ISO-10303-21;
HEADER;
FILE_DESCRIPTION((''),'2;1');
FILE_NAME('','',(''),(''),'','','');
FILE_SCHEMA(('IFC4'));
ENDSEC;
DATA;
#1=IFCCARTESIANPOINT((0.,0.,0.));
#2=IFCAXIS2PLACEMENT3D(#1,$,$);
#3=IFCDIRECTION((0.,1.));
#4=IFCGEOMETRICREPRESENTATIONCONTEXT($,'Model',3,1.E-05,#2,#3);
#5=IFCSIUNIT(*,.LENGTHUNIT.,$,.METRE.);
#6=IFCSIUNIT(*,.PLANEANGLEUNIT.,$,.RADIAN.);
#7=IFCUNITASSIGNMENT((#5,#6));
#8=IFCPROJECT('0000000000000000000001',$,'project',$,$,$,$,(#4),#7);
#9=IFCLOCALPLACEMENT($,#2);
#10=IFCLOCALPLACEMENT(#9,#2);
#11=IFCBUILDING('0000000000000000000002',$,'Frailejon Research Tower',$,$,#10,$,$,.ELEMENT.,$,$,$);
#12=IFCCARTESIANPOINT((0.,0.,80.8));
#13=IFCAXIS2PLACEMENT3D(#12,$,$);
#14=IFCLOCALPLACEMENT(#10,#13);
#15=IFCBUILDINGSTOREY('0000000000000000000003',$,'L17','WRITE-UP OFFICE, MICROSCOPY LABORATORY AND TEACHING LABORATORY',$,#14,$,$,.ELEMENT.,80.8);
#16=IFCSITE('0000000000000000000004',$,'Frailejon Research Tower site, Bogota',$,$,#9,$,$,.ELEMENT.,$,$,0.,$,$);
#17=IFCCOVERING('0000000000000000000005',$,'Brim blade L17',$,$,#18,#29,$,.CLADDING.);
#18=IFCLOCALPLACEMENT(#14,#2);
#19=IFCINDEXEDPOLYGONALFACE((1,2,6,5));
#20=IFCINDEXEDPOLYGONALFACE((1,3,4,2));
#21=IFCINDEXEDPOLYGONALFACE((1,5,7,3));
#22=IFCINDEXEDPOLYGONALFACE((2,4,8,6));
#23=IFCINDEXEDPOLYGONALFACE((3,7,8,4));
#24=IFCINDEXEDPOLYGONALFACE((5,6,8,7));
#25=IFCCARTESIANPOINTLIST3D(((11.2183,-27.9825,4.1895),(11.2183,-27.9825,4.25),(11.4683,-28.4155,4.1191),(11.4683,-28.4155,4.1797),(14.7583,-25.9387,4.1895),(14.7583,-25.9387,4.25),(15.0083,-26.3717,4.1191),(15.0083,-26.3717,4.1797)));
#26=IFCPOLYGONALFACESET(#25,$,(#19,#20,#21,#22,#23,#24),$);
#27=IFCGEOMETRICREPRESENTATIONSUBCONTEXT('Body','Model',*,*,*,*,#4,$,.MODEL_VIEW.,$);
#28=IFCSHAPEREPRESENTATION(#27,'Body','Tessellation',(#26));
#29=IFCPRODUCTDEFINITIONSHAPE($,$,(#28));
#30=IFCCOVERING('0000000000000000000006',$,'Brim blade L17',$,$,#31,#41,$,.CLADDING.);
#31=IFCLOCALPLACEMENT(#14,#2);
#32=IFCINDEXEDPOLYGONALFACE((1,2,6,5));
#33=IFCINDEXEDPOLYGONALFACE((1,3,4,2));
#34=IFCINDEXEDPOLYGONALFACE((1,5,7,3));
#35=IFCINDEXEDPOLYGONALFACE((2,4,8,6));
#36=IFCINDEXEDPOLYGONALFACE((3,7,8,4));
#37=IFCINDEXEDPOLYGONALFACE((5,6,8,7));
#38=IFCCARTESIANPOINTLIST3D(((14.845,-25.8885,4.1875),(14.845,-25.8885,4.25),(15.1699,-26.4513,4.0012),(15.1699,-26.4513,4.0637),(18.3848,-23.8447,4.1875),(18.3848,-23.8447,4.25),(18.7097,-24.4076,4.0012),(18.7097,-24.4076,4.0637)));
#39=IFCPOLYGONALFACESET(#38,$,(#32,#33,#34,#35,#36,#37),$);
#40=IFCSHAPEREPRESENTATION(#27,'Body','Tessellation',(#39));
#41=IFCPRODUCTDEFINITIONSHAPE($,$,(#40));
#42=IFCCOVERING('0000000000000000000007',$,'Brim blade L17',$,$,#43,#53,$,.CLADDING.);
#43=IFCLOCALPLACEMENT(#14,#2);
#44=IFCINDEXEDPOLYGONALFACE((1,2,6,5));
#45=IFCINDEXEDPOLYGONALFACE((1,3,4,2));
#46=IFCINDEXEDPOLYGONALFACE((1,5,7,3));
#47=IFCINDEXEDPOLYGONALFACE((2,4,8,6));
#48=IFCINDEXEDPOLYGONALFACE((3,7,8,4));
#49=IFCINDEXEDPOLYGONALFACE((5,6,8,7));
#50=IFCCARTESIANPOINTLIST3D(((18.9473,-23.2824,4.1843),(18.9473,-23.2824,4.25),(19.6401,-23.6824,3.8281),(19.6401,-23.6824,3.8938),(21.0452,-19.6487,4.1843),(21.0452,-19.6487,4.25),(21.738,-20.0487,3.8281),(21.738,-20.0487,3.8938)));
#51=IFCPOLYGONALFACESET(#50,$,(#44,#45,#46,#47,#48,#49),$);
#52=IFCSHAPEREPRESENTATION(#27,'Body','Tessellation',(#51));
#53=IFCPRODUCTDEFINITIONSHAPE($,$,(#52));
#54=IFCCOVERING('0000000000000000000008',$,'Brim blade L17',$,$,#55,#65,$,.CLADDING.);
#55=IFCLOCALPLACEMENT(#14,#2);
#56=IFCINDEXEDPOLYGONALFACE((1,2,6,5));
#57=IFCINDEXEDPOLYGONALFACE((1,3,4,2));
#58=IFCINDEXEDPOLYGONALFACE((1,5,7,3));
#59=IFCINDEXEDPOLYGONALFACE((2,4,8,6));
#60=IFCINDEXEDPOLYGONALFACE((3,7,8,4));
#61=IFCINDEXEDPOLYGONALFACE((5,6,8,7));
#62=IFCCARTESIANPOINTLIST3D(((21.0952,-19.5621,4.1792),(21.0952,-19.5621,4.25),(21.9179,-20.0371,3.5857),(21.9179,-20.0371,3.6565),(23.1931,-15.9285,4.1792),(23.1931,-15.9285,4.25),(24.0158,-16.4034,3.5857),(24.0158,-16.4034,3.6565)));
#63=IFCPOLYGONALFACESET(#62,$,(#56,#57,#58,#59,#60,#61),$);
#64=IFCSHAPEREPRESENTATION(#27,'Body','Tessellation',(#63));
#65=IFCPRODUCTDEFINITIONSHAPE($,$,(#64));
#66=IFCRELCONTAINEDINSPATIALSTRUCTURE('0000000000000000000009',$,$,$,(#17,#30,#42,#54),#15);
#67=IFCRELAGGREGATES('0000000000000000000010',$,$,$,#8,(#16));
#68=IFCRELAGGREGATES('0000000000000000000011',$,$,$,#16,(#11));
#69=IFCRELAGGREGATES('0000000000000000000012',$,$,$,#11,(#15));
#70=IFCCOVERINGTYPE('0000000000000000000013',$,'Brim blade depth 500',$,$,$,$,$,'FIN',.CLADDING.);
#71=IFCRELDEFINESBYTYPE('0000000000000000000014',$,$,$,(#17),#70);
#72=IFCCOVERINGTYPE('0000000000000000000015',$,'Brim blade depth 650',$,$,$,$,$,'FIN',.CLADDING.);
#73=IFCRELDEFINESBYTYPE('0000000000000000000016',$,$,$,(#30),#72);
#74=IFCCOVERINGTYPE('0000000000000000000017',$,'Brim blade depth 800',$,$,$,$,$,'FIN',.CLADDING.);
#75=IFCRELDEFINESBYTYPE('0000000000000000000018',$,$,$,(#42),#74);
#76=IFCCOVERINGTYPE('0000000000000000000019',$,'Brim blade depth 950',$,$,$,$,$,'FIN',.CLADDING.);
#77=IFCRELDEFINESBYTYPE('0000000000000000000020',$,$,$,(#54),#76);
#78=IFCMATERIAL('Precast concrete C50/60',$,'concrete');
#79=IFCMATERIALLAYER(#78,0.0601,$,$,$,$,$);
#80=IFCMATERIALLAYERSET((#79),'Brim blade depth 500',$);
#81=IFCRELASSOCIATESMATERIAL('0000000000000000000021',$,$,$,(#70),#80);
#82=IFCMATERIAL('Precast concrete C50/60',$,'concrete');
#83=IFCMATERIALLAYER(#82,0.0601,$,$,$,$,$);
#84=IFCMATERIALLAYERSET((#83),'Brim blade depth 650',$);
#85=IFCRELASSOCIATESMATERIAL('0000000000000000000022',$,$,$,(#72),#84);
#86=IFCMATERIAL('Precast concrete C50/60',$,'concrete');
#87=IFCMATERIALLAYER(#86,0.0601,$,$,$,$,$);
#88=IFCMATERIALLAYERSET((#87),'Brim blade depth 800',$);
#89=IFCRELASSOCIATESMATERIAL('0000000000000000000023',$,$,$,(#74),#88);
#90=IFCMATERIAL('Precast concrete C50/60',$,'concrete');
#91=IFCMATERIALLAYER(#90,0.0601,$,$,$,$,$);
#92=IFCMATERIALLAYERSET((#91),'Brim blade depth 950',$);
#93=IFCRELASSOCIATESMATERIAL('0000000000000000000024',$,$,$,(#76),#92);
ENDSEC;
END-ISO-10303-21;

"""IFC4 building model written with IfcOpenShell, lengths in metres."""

from ifc_helpers import new_model, si_unit, direction, frame, origin, place, context, subcontext, project, spatial, polyline, outline, extrude, material, layer, layer_set, type_object, element, save


model = new_model("IFC4")

# Units and contexts
model_context = context("Model", 3, precision=1e-05, world=origin(), true_north=direction((0.0, 1.0)))
body_context = subcontext(model_context, "Body", "Model", "MODEL_VIEW")
ifc_project = project(units=[si_unit("LENGTHUNIT", "METRE"), si_unit("PLANEANGLEUNIT", "RADIAN")], contexts=[model_context])

# Site, building, storey
site_placement = place(None, origin())
site = spatial("IfcSite", under=ifc_project, at=site_placement, Name="Frailejon Research Tower site, Bogota", CompositionType="ELEMENT", RefElevation=0.0)
building_placement = place(site_placement, origin())
building = spatial("IfcBuilding", under=site, at=building_placement, Name="Frailejon Research Tower", CompositionType="ELEMENT")
storey_placement = place(building_placement, frame((0.0, 0.0, 80.8)))
storey = spatial("IfcBuildingStorey", under=building, at=storey_placement, Name="L17", Description="WRITE-UP OFFICE, MICROSCOPY LABORATORY AND TEACHING LABORATORY", CompositionType="ELEMENT", Elevation=80.8)

# Coverings
ifc_material_1 = material(Name="Precast concrete C50/60", Category="concrete")
ifc_layer_1 = layer(ifc_material_1, 0.0601)
ifc_layer_set_1 = layer_set([ifc_layer_1], Name="Brim blade depth 500")
covering_type_1 = type_object("IfcCoveringType", Name="Brim blade depth 500", ElementType="FIN", PredefinedType="CLADDING", material=ifc_layer_set_1)
covering_1_placement = place(storey_placement, frame((14.7583, -25.9387, 4.25), z_axis=(-0.866027, -0.499997, 0.0), x_axis=(0.499997, -0.866027, 0.0)))
element("IfcCovering", 1, at=covering_1_placement, inside=storey, type_object=covering_type_1, Name="Brim blade L17", PredefinedType="CLADDING", context=body_context, shape_type="SweptSolid", body=[
    extrude(outline(polyline([(0.0, -0.0605), (0.5, -0.1309), (0.5, -0.0703), (0.0, 0.0), (0.0, -0.0605)])), origin(), (0.0, 0.0, 1.0), 4.0876),
])
ifc_material_2 = material(Name="Precast concrete C50/60", Category="concrete")
ifc_layer_2 = layer(ifc_material_2, 0.0601)
ifc_layer_set_2 = layer_set([ifc_layer_2], Name="Brim blade depth 650")
covering_type_2 = type_object("IfcCoveringType", Name="Brim blade depth 650", ElementType="FIN", PredefinedType="CLADDING", material=ifc_layer_set_2)
covering_2_placement = place(storey_placement, frame((18.3848, -23.8447, 4.25), z_axis=(-0.866021, -0.500007, 0.0), x_axis=(0.500007, -0.866021, 0.0)))
element("IfcCovering", 2, at=covering_2_placement, inside=storey, type_object=covering_type_2, Name="Brim blade L17", PredefinedType="CLADDING", context=body_context, shape_type="SweptSolid", body=[
    extrude(outline(polyline([(0.0, -0.0625), (0.6499, -0.2488), (0.6499, -0.1863), (0.0, 0.0), (0.0, -0.0625)])), origin(), (0.0, 0.0, 1.0), 4.0874),
])
ifc_material_3 = material(Name="Precast concrete C50/60", Category="concrete")
ifc_layer_3 = layer(ifc_material_3, 0.0601)
ifc_layer_set_3 = layer_set([ifc_layer_3], Name="Brim blade depth 800")
covering_type_3 = type_object("IfcCoveringType", Name="Brim blade depth 800", ElementType="FIN", PredefinedType="CLADDING", material=ifc_layer_set_3)
covering_3_placement = place(storey_placement, frame((21.0452, -19.6487, 4.25), z_axis=(-0.499997, -0.866027, 0.0), x_axis=(0.866027, -0.499997, 0.0)))
element("IfcCovering", 3, at=covering_3_placement, inside=storey, type_object=covering_type_3, Name="Brim blade L17", PredefinedType="CLADDING", context=body_context, shape_type="SweptSolid", body=[
    extrude(outline(polyline([(0.0, -0.0657), (0.8, -0.4219), (0.8, -0.3562), (0.0, 0.0), (0.0, -0.0657)])), origin(), (0.0, 0.0, 1.0), 4.1958),
])
ifc_material_4 = material(Name="Precast concrete C50/60", Category="concrete")
ifc_layer_4 = layer(ifc_material_4, 0.0601)
ifc_layer_set_4 = layer_set([ifc_layer_4], Name="Brim blade depth 950")
covering_type_4 = type_object("IfcCoveringType", Name="Brim blade depth 950", ElementType="FIN", PredefinedType="CLADDING", material=ifc_layer_set_4)
covering_4_placement = place(storey_placement, frame((23.1931, -15.9285, 4.25), z_axis=(-0.499997, -0.866027, 0.0), x_axis=(0.866027, -0.499997, 0.0)))
element("IfcCovering", 4, at=covering_4_placement, inside=storey, type_object=covering_type_4, Name="Brim blade L17", PredefinedType="CLADDING", context=body_context, shape_type="SweptSolid", body=[
    extrude(outline(polyline([(0.0, -0.0708), (0.95, -0.6643), (0.95, -0.5935), (0.0, 0.0), (0.0, -0.0708)])), origin(), (0.0, 0.0, 1.0), 4.1958),
])

save(model, "model.ifc")
